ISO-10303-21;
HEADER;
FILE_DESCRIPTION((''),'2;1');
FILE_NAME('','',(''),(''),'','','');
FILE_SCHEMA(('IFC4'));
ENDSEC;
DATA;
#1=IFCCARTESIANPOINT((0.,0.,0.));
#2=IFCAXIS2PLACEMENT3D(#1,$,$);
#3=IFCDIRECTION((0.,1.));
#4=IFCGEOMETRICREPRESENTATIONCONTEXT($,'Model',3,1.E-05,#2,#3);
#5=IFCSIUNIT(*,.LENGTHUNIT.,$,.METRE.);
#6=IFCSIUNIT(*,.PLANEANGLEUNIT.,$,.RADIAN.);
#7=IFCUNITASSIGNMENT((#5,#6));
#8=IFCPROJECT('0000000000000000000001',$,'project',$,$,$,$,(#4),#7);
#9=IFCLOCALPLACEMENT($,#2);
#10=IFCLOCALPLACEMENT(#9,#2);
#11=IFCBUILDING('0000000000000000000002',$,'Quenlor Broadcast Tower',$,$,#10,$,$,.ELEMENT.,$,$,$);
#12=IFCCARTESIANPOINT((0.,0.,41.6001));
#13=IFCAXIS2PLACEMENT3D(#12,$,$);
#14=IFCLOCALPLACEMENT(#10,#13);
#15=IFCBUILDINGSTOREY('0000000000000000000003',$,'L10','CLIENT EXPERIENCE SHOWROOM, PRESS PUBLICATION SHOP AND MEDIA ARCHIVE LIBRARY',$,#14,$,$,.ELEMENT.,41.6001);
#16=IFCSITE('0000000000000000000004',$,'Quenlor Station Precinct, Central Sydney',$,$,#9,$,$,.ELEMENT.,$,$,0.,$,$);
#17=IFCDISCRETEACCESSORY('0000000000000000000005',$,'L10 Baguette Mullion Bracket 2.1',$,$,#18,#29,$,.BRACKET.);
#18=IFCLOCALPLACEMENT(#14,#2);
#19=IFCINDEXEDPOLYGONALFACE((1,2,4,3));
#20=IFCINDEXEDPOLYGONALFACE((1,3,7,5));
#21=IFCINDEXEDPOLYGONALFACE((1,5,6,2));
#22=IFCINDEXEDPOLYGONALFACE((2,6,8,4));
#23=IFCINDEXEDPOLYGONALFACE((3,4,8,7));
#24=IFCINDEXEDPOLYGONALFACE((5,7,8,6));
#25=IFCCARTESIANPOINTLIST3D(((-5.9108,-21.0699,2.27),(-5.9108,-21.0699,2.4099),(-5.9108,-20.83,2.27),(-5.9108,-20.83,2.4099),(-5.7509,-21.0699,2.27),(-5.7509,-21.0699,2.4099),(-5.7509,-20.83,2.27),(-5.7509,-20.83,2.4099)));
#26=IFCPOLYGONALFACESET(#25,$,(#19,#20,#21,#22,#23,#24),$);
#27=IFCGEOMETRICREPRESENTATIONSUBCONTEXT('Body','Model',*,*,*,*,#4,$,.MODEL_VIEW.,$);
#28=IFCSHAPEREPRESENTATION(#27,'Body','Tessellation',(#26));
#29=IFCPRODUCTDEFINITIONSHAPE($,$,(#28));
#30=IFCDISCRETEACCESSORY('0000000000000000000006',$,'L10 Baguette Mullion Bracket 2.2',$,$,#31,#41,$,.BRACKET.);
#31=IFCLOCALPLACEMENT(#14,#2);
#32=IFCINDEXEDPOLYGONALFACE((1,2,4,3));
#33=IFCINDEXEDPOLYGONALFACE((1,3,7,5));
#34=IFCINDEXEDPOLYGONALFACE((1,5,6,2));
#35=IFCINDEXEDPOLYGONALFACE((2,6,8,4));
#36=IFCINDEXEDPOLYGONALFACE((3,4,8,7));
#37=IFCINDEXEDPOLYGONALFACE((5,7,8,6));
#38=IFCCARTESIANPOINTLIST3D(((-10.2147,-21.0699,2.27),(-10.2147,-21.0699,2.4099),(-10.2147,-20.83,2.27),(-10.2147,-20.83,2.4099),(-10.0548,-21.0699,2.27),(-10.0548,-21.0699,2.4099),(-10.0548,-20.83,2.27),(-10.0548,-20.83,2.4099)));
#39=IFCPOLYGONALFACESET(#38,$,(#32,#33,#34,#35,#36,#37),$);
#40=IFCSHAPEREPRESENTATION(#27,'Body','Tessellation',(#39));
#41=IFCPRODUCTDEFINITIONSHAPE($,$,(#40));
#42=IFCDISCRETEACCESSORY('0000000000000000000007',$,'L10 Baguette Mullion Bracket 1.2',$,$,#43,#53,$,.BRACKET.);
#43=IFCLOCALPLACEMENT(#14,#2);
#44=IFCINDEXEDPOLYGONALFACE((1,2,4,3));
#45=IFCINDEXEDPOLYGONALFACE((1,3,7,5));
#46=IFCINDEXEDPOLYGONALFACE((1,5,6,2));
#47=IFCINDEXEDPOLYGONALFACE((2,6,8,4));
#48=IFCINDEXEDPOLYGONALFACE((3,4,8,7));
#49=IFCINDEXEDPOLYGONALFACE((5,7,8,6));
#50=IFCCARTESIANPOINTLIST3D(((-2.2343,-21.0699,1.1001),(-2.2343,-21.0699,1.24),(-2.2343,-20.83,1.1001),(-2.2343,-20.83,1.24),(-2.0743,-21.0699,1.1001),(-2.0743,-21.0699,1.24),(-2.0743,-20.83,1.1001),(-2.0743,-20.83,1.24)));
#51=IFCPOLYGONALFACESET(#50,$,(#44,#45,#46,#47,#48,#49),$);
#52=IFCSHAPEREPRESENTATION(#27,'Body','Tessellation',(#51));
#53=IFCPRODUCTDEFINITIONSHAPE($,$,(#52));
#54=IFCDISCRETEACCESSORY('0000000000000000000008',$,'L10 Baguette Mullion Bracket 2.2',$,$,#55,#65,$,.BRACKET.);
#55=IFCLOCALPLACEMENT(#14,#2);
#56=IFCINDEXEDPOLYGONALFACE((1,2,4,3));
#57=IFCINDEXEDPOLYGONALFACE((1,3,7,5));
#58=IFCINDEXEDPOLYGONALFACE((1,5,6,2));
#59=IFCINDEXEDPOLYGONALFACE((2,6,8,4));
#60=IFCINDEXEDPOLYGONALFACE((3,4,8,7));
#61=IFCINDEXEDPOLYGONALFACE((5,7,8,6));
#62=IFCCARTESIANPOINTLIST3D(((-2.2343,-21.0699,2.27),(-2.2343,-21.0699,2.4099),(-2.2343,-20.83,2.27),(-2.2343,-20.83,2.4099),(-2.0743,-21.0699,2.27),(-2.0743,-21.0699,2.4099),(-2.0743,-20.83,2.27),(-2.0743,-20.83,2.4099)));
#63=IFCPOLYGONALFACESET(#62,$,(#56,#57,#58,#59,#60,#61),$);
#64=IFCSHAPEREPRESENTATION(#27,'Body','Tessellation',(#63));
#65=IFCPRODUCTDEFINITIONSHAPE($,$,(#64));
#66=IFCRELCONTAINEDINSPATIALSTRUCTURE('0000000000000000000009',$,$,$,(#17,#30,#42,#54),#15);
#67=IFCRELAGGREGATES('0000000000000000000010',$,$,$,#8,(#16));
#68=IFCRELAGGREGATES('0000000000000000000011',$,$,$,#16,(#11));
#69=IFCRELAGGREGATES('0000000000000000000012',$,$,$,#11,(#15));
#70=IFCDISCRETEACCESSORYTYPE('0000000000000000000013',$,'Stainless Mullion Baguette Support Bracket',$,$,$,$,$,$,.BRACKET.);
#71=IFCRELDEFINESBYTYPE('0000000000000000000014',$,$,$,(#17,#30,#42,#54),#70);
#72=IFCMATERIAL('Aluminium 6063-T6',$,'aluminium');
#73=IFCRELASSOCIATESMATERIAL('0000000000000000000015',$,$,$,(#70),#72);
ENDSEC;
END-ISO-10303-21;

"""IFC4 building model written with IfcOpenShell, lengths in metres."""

from ifc_helpers import new_model, si_unit, direction, frame, origin, origin_2d, place, context, subcontext, project, spatial, rectangle, extrude, material, type_object, element, save


model = new_model("IFC4")

# Units and contexts
model_context = context("Model", 3, precision=1e-05, world=origin(), true_north=direction((0.0, 1.0)))
body_context = subcontext(model_context, "Body", "Model", "MODEL_VIEW")
ifc_project = project(units=[si_unit("LENGTHUNIT", "METRE"), si_unit("PLANEANGLEUNIT", "RADIAN")], contexts=[model_context])

# Site, building, storey
site_placement = place(None, origin())
site = spatial("IfcSite", under=ifc_project, at=site_placement, Name="Quenlor Station Precinct, Central Sydney", CompositionType="ELEMENT", RefElevation=0.0)
building_placement = place(site_placement, origin())
building = spatial("IfcBuilding", under=site, at=building_placement, Name="Quenlor Broadcast Tower", CompositionType="ELEMENT")
storey_placement = place(building_placement, frame((0.0, 0.0, 41.6001)))
storey = spatial("IfcBuildingStorey", under=building, at=storey_placement, Name="L10", Description="CLIENT EXPERIENCE SHOWROOM, PRESS PUBLICATION SHOP AND MEDIA ARCHIVE LIBRARY", CompositionType="ELEMENT", Elevation=41.6001)

# Discrete accessories
ifc_material_1 = material(Name="Aluminium 6063-T6", Category="aluminium")
discrete_accessory_type = type_object("IfcDiscreteAccessoryType", Name="Stainless Mullion Baguette Support Bracket", PredefinedType="BRACKET", material=ifc_material_1)
for number, where, z_axis, x_axis, name in (
    (1, (-5.8308, -20.95, 2.27), (0.0, 0.0, 1.0), (-1.0, 0.0, 0.0), "L10 Baguette Mullion Bracket 2.1"),
    (2, (-10.1348, -20.95, 2.27), (0.0, 0.0, 1.0), (-1.0, 0.0, 0.0), "L10 Baguette Mullion Bracket 2.2"),
    (3, (-2.1543, -20.95, 1.1001), (0.0, 0.0, 1.0), (-1.0, 0.0, 0.0), "L10 Baguette Mullion Bracket 1.2"),
    (4, (-2.1543, -20.95, 2.27), (0.0, 0.0, 1.0), (-1.0, 0.0, 0.0), "L10 Baguette Mullion Bracket 2.2"),
):
    element("IfcDiscreteAccessory", number, at=place(storey_placement, frame(where, z_axis=z_axis, x_axis=x_axis)), inside=storey, type_object=discrete_accessory_type, Name=name, PredefinedType="BRACKET", context=body_context, shape_type="SweptSolid", body=[
        extrude(rectangle(XDim=0.1599, YDim=0.24, at=origin_2d()), origin(), (0.0, 0.0, 1.0), 0.1399),
    ])

save(model, "model.ifc")
